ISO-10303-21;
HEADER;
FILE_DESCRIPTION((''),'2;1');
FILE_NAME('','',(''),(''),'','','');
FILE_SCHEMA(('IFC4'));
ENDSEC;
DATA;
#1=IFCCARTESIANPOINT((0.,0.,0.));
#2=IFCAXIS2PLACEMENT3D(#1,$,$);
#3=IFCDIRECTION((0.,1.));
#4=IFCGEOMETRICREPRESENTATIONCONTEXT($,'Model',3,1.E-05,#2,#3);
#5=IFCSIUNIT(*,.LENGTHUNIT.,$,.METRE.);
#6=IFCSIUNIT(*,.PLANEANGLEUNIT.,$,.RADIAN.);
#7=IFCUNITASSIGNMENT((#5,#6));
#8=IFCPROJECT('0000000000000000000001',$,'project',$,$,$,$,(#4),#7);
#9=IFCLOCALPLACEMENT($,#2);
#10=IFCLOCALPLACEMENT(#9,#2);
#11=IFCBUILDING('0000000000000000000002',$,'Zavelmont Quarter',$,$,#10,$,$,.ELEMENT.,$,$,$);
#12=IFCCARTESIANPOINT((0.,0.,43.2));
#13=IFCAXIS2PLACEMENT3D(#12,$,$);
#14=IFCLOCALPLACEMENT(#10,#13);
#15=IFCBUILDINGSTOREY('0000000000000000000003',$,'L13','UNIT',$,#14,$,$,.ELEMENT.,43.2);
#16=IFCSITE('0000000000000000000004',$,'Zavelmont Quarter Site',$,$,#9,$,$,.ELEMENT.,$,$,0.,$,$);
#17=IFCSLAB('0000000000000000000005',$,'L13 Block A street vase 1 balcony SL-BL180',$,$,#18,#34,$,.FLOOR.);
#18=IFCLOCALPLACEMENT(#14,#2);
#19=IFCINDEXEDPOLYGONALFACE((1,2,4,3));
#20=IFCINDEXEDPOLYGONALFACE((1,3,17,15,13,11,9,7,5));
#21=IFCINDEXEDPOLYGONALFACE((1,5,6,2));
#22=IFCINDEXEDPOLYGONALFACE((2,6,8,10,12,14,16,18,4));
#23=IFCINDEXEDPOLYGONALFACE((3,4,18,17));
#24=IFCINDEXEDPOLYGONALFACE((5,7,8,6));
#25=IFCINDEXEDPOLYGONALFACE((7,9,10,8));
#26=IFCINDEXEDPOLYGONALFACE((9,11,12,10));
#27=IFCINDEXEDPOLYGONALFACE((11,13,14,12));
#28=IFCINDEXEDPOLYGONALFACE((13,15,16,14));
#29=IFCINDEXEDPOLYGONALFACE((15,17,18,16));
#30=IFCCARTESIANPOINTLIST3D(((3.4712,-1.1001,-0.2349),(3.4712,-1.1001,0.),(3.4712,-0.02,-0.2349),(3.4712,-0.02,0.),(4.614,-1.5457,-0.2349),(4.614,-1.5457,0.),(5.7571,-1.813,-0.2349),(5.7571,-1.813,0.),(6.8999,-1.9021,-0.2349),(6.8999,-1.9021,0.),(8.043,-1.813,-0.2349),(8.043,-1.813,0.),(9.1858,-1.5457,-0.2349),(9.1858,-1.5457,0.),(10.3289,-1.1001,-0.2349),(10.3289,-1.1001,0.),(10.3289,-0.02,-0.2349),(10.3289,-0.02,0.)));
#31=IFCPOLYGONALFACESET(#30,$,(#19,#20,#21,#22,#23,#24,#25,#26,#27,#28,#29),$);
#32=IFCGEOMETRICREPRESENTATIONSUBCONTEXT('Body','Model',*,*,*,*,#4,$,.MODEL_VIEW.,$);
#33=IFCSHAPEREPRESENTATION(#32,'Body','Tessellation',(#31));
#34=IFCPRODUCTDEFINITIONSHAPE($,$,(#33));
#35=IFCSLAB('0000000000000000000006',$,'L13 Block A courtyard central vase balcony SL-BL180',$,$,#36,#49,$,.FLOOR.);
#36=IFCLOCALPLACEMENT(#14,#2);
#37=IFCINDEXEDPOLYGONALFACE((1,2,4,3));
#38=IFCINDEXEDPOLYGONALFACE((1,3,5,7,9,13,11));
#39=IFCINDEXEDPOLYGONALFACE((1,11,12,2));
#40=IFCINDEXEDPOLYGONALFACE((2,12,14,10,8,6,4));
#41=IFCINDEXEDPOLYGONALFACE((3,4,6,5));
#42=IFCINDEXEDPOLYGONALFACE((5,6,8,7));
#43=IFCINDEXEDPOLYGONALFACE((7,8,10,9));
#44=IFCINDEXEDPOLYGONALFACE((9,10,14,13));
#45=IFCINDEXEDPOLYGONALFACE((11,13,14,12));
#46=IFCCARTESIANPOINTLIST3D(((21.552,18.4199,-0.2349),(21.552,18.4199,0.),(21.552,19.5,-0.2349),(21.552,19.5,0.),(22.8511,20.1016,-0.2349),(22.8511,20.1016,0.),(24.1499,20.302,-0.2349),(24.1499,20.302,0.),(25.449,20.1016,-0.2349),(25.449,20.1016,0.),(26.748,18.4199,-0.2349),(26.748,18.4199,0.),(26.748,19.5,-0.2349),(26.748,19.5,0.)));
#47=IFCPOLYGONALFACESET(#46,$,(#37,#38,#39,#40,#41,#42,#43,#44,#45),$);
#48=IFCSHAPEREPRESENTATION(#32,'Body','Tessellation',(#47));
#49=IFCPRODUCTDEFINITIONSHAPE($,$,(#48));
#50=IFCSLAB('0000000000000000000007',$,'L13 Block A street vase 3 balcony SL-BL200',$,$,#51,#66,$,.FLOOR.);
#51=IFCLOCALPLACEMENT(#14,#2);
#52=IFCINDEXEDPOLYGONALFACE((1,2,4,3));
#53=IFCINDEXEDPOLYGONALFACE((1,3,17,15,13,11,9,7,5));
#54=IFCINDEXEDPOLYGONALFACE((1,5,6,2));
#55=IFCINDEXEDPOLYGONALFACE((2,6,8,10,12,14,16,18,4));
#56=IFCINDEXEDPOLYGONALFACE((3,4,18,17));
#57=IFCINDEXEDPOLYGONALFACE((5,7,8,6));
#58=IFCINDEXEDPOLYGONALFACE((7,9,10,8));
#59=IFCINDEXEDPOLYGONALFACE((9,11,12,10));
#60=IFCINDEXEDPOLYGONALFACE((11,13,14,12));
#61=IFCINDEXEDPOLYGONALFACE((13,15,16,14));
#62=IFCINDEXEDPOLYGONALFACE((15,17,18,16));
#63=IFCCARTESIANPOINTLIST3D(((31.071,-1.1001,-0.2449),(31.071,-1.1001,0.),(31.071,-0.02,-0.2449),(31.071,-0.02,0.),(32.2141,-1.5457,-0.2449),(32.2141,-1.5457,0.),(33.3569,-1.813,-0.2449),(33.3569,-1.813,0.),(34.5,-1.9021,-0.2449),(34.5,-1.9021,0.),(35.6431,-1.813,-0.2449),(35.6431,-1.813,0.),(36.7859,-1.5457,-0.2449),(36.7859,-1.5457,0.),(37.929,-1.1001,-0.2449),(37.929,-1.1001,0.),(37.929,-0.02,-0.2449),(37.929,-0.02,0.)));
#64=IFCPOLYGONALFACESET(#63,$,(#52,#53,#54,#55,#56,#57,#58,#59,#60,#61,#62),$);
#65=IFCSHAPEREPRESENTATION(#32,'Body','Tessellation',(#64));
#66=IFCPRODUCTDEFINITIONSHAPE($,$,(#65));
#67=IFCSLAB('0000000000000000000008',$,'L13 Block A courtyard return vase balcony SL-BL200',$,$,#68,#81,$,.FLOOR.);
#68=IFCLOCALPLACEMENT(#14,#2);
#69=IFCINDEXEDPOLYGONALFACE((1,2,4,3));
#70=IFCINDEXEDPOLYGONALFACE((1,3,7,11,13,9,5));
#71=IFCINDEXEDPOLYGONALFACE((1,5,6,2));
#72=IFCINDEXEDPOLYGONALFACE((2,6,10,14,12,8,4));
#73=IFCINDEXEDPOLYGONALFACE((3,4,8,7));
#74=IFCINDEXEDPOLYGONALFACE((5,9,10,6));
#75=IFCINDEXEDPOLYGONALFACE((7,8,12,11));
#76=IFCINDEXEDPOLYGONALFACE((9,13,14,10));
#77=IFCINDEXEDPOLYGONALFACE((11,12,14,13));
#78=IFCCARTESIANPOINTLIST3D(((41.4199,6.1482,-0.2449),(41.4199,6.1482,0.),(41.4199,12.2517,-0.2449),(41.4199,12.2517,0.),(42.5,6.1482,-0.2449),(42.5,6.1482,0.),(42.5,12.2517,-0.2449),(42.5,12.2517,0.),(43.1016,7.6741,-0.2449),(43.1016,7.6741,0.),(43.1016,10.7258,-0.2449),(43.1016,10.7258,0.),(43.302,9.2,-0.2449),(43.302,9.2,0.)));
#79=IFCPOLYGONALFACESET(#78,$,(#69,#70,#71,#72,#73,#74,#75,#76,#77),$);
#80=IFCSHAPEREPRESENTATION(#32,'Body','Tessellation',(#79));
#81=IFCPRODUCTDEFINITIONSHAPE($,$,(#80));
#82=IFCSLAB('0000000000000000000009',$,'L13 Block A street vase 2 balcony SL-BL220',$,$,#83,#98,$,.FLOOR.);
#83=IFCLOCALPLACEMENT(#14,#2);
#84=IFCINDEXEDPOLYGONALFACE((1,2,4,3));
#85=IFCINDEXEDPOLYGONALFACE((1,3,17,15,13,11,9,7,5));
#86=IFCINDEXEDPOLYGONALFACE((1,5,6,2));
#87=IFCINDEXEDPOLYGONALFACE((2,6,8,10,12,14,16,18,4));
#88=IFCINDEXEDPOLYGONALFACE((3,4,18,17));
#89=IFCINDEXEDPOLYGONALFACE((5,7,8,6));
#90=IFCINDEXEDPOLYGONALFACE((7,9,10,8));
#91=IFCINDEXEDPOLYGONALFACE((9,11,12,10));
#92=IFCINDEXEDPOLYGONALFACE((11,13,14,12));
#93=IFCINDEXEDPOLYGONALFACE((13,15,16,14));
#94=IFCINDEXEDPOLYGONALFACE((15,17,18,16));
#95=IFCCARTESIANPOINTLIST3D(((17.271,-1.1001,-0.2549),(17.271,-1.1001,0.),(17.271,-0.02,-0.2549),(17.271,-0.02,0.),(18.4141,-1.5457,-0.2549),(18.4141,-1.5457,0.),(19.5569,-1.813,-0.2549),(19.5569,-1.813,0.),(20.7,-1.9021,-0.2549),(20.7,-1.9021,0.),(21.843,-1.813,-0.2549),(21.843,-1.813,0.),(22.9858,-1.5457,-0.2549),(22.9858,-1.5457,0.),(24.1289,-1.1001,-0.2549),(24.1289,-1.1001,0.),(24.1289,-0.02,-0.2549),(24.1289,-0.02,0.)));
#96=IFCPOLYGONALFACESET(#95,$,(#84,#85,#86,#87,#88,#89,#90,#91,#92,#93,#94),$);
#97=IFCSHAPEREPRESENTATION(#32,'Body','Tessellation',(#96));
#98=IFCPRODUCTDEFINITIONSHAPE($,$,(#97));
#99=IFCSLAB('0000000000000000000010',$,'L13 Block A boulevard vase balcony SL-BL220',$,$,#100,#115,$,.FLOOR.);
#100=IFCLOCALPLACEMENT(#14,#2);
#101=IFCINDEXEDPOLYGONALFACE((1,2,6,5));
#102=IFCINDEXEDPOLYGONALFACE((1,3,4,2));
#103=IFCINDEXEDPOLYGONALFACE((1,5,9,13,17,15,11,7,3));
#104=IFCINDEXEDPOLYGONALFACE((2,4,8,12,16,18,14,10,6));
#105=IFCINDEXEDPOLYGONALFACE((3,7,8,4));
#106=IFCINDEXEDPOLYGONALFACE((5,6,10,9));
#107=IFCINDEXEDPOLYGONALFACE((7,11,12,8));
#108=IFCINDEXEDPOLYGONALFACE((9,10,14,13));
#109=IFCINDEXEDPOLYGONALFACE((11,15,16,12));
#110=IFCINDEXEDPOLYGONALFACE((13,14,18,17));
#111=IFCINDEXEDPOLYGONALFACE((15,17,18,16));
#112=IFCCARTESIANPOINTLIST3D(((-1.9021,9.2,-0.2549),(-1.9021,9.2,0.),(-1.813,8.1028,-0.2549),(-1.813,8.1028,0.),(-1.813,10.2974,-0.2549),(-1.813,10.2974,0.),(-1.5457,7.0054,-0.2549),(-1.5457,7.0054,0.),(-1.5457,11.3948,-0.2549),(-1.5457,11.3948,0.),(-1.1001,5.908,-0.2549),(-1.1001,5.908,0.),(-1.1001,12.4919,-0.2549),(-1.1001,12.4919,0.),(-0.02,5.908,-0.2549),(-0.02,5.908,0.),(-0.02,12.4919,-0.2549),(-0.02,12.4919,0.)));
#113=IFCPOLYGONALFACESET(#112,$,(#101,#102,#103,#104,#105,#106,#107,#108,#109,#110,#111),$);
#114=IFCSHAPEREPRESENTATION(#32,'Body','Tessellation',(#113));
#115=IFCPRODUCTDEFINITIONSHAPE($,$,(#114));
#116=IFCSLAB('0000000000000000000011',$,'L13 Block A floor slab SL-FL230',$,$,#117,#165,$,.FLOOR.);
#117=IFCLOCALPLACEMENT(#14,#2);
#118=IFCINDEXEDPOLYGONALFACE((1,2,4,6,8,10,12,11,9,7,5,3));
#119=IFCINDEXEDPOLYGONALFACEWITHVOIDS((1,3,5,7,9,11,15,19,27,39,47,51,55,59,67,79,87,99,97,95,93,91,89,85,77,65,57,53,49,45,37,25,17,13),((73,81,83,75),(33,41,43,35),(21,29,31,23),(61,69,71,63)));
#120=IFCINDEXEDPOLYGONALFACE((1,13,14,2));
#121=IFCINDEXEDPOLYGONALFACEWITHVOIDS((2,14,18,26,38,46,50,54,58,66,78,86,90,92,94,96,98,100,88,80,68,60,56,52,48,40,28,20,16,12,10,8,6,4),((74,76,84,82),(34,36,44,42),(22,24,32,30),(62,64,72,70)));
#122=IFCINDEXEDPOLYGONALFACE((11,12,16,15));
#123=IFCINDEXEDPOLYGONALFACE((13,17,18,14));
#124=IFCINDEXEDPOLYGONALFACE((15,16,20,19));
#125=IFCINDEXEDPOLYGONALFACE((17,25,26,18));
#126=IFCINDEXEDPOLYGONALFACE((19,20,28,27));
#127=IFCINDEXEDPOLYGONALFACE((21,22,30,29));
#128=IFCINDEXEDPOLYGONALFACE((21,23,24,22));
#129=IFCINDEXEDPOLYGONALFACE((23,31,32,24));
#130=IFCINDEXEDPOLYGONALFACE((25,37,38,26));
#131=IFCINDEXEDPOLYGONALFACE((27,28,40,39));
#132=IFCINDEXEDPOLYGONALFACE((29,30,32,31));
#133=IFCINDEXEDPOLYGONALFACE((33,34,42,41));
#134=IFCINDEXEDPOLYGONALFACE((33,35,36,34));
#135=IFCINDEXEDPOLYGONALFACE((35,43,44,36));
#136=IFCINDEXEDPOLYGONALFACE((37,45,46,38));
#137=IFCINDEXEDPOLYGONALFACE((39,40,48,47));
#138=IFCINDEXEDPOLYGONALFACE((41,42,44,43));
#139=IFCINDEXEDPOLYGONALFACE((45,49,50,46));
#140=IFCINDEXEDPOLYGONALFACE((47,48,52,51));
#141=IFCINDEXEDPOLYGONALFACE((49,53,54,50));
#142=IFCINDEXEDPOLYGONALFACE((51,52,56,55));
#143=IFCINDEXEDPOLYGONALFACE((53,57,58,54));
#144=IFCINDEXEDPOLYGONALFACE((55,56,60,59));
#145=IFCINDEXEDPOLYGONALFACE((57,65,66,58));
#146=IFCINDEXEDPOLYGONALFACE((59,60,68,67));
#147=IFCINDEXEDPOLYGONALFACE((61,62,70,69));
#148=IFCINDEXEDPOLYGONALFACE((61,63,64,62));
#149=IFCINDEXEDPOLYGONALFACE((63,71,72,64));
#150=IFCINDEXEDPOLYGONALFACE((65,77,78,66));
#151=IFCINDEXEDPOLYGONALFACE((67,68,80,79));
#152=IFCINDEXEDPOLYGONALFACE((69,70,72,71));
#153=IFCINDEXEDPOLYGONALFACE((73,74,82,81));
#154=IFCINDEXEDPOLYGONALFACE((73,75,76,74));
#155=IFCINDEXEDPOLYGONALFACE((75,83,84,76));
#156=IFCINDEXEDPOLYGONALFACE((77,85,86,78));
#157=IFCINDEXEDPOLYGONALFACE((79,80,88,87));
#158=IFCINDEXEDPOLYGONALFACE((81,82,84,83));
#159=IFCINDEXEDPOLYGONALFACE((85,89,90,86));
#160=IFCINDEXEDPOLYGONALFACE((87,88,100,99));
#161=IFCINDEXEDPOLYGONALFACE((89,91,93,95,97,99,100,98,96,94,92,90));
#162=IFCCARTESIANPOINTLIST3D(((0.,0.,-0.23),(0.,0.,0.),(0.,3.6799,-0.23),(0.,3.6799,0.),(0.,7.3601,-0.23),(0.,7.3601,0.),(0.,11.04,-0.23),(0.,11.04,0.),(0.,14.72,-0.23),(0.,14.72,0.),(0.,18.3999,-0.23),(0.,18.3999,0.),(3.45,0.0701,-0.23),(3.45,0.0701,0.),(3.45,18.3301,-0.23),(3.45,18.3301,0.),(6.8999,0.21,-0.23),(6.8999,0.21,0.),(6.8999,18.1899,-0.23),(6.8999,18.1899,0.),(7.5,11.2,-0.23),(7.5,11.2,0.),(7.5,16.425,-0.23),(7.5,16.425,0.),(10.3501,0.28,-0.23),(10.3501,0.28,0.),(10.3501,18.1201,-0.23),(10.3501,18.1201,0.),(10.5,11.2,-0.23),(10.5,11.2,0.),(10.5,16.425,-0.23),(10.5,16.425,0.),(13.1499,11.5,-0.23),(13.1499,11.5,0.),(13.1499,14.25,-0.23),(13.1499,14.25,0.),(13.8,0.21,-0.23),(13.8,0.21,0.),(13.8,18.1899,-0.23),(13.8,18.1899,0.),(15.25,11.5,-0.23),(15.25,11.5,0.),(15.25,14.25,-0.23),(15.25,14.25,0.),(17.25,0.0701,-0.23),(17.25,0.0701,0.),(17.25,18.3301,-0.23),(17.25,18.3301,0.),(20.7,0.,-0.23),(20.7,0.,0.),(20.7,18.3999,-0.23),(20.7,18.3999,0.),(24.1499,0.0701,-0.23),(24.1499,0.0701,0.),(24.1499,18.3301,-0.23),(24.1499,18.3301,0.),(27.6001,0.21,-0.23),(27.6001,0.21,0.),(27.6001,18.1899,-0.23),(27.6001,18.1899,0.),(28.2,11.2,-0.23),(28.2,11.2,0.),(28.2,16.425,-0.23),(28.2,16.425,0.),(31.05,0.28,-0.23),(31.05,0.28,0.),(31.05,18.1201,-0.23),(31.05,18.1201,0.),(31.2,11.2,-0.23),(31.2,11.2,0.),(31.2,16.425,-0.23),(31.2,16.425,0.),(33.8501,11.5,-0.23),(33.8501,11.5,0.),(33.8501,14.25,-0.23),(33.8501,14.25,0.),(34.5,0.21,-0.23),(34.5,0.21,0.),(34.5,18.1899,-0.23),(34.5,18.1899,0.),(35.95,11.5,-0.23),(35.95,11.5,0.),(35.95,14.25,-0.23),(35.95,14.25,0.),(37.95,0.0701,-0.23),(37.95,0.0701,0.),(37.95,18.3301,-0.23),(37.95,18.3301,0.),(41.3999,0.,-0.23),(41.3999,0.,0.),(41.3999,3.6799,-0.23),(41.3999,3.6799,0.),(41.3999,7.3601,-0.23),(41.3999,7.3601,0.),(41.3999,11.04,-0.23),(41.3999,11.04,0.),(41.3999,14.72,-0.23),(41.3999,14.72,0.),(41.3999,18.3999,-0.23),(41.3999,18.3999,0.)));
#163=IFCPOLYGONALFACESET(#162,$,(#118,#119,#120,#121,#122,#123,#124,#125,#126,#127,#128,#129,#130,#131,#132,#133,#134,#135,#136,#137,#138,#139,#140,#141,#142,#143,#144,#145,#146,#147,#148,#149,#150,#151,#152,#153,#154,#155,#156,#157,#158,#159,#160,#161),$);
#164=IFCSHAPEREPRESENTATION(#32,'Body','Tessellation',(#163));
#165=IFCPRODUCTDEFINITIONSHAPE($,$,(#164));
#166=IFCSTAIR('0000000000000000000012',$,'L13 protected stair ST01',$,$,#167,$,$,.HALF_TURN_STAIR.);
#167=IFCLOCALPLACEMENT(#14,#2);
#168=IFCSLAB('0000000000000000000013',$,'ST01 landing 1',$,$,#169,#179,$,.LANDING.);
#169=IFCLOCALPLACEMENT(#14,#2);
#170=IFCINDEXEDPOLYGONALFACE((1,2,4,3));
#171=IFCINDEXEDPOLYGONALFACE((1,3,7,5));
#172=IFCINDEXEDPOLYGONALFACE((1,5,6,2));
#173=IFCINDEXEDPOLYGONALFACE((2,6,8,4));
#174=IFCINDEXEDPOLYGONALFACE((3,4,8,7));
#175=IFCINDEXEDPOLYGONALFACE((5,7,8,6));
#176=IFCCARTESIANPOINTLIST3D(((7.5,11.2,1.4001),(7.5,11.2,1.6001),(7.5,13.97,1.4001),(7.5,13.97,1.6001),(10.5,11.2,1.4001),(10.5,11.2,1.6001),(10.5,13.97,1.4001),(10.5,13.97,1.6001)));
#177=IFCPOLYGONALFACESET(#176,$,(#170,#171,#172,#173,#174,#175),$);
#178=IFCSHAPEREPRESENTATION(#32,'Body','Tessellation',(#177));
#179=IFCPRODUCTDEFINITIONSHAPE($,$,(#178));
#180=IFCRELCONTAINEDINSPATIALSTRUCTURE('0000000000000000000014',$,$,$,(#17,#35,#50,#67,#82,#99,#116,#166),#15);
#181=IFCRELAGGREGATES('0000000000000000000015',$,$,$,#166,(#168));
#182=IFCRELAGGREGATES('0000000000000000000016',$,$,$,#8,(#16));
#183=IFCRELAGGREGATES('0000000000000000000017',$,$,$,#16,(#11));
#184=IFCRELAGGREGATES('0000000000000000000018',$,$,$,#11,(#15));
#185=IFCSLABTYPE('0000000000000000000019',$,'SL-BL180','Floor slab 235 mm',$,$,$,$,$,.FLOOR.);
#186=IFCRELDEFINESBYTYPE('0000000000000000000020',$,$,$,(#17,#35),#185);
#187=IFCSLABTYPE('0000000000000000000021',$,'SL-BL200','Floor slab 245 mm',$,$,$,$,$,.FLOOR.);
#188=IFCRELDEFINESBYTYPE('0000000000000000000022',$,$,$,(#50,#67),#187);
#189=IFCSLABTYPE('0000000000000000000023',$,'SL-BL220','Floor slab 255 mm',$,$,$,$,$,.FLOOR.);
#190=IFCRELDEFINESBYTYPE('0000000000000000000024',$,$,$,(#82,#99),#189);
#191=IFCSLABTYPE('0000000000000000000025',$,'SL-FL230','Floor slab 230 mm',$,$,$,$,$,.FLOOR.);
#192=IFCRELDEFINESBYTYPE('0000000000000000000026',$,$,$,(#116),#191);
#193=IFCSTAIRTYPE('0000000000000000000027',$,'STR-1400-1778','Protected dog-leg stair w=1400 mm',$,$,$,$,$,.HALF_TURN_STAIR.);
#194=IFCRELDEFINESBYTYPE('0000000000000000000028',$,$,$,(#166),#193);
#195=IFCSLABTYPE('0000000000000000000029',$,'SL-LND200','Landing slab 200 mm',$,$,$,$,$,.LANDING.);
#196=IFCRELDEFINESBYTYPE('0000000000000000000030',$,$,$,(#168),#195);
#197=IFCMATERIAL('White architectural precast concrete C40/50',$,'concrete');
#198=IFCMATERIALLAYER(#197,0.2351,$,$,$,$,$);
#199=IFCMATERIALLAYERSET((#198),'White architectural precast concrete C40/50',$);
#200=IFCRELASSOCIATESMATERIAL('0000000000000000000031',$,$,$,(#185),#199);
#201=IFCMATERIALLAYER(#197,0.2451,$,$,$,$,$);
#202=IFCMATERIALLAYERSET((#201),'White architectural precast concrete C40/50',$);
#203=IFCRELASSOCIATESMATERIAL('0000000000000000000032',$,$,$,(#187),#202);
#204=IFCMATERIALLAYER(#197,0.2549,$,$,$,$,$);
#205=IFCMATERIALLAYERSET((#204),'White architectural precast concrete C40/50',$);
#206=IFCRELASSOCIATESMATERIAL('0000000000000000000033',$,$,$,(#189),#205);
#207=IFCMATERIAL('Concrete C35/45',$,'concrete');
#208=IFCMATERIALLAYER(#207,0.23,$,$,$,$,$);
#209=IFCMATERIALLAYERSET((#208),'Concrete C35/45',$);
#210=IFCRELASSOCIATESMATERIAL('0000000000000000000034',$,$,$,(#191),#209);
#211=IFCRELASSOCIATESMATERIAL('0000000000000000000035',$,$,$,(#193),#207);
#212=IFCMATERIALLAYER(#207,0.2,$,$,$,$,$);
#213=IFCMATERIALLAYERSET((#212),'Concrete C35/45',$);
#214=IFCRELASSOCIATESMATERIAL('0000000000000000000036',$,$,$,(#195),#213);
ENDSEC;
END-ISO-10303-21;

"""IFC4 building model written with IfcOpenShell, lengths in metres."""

from ifc_helpers import new_model, si_unit, direction, frame, origin, place, context, subcontext, project, spatial, polyline, outline, extrude, material, layer, layer_set, type_object, element, aggregate, save


model = new_model("IFC4")

# Units and contexts
model_context = context("Model", 3, precision=1e-05, world=origin(), true_north=direction((0.0, 1.0)))
body_context = subcontext(model_context, "Body", "Model", "MODEL_VIEW")
ifc_project = project(units=[si_unit("LENGTHUNIT", "METRE"), si_unit("PLANEANGLEUNIT", "RADIAN")], contexts=[model_context])

# Site, building, storey
site_placement = place(None, origin())
site = spatial("IfcSite", under=ifc_project, at=site_placement, Name="Zavelmont Quarter Site", CompositionType="ELEMENT", RefElevation=0.0)
building_placement = place(site_placement, origin())
building = spatial("IfcBuilding", under=site, at=building_placement, Name="Zavelmont Quarter", CompositionType="ELEMENT")
storey_placement = place(building_placement, frame((0.0, 0.0, 43.2)))
storey = spatial("IfcBuildingStorey", under=building, at=storey_placement, Name="L13", Description="UNIT", CompositionType="ELEMENT", Elevation=43.2)

# Slabs
ifc_material_1 = material(Name="White architectural precast concrete C40/50", Category="concrete")
ifc_layer_1 = layer(ifc_material_1, 0.2351)
ifc_layer_set_1 = layer_set([ifc_layer_1], Name="White architectural precast concrete C40/50")
slab_type_1 = type_object("IfcSlabType", Name="SL-BL180", Description="Floor slab 235 mm", PredefinedType="FLOOR", material=ifc_layer_set_1)
slab_1_placement = place(storey_placement, frame((0.0, 0.0, -0.2349)))
element("IfcSlab", 1, at=slab_1_placement, inside=storey, type_object=slab_type_1, Name="L13 Block A street vase 1 balcony SL-BL180", PredefinedType="FLOOR", context=body_context, shape_type="SweptSolid", body=[
    extrude(outline(polyline([(3.4712, -0.02), (3.4712, -1.1001), (4.614, -1.5457), (5.7571, -1.813), (6.8999, -1.9021), (8.043, -1.813), (9.1858, -1.5457), (10.3289, -1.1001), (10.3289, -0.02), (3.4712, -0.02)])), origin(), (0.0, 0.0, 1.0), 0.2349),
])
slab_2_placement = place(storey_placement, frame((0.0, 0.0, -0.2349)))
element("IfcSlab", 2, at=slab_2_placement, inside=storey, type_object=slab_type_1, Name="L13 Block A courtyard central vase balcony SL-BL180", PredefinedType="FLOOR", context=body_context, shape_type="SweptSolid", body=[
    extrude(outline(polyline([(26.748, 18.4199), (26.748, 19.5), (25.449, 20.1016), (24.1499, 20.302), (22.8511, 20.1016), (21.552, 19.5), (21.552, 18.4199), (26.748, 18.4199)])), origin(), (0.0, 0.0, 1.0), 0.2349),
])
ifc_layer_2 = layer(ifc_material_1, 0.2451)
ifc_layer_set_2 = layer_set([ifc_layer_2], Name="White architectural precast concrete C40/50")
slab_type_2 = type_object("IfcSlabType", Name="SL-BL200", Description="Floor slab 245 mm", PredefinedType="FLOOR", material=ifc_layer_set_2)
slab_3_placement = place(storey_placement, frame((0.0, 0.0, -0.2449)))
element("IfcSlab", 3, at=slab_3_placement, inside=storey, type_object=slab_type_2, Name="L13 Block A street vase 3 balcony SL-BL200", PredefinedType="FLOOR", context=body_context, shape_type="SweptSolid", body=[
    extrude(outline(polyline([(31.071, -0.02), (31.071, -1.1001), (32.2141, -1.5457), (33.3569, -1.813), (34.5, -1.9021), (35.6431, -1.813), (36.7859, -1.5457), (37.929, -1.1001), (37.929, -0.02), (31.071, -0.02)])), origin(), (0.0, 0.0, 1.0), 0.2449),
])
slab_4_placement = place(storey_placement, frame((0.0, 0.0, -0.2449)))
element("IfcSlab", 4, at=slab_4_placement, inside=storey, type_object=slab_type_2, Name="L13 Block A courtyard return vase balcony SL-BL200", PredefinedType="FLOOR", context=body_context, shape_type="SweptSolid", body=[
    extrude(outline(polyline([(41.4199, 6.1482), (42.5, 6.1482), (43.1016, 7.6741), (43.302, 9.2), (43.1016, 10.7258), (42.5, 12.2517), (41.4199, 12.2517), (41.4199, 6.1482)])), origin(), (0.0, 0.0, 1.0), 0.2449),
])
ifc_layer_3 = layer(ifc_material_1, 0.2549)
ifc_layer_set_3 = layer_set([ifc_layer_3], Name="White architectural precast concrete C40/50")
slab_type_3 = type_object("IfcSlabType", Name="SL-BL220", Description="Floor slab 255 mm", PredefinedType="FLOOR", material=ifc_layer_set_3)
slab_5_placement = place(storey_placement, frame((0.0, 0.0, -0.2549)))
element("IfcSlab", 5, at=slab_5_placement, inside=storey, type_object=slab_type_3, Name="L13 Block A street vase 2 balcony SL-BL220", PredefinedType="FLOOR", context=body_context, shape_type="SweptSolid", body=[
    extrude(outline(polyline([(17.271, -0.02), (17.271, -1.1001), (18.4141, -1.5457), (19.5569, -1.813), (20.7, -1.9021), (21.843, -1.813), (22.9858, -1.5457), (24.1289, -1.1001), (24.1289, -0.02), (17.271, -0.02)])), origin(), (0.0, 0.0, 1.0), 0.2549),
])
slab_6_placement = place(storey_placement, frame((0.0, 0.0, -0.2549)))
element("IfcSlab", 6, at=slab_6_placement, inside=storey, type_object=slab_type_3, Name="L13 Block A boulevard vase balcony SL-BL220", PredefinedType="FLOOR", context=body_context, shape_type="SweptSolid", body=[
    extrude(outline(polyline([(-0.02, 12.4919), (-1.1001, 12.4919), (-1.5457, 11.3948), (-1.813, 10.2974), (-1.9021, 9.2), (-1.813, 8.1028), (-1.5457, 7.0054), (-1.1001, 5.908), (-0.02, 5.908), (-0.02, 12.4919)])), origin(), (0.0, 0.0, 1.0), 0.2549),
])
ifc_material_2 = material(Name="Concrete C35/45", Category="concrete")
ifc_layer_4 = layer(ifc_material_2, 0.23)
ifc_layer_set_4 = layer_set([ifc_layer_4], Name="Concrete C35/45")
slab_type_4 = type_object("IfcSlabType", Name="SL-FL230", Description="Floor slab 230 mm", PredefinedType="FLOOR", material=ifc_layer_set_4)
slab_7_placement = place(storey_placement, frame((0.0, 0.0, -0.23)))
element("IfcSlab", 7, at=slab_7_placement, inside=storey, type_object=slab_type_4, Name="L13 Block A floor slab SL-FL230", PredefinedType="FLOOR", context=body_context, shape_type="SweptSolid", body=[
    extrude(outline(polyline([(0.0, 0.0), (3.45, 0.0701), (6.8999, 0.21), (10.3501, 0.28), (13.8, 0.21), (17.25, 0.0701), (20.7, 0.0), (24.1499, 0.0701), (27.6001, 0.21), (31.05, 0.28), (34.5, 0.21), (37.95, 0.0701), (41.3999, 0.0), (41.3999, 3.6799), (41.3999, 7.3601), (41.3999, 11.04), (41.3999, 14.72), (41.3999, 18.3999), (37.95, 18.3301), (34.5, 18.1899), (31.05, 18.1201), (27.6001, 18.1899), (24.1499, 18.3301), (20.7, 18.3999), (17.25, 18.3301), (13.8, 18.1899), (10.3501, 18.1201), (6.8999, 18.1899), (3.45, 18.3301), (0.0, 18.3999), (0.0, 14.72), (0.0, 11.04), (0.0, 7.3601), (0.0, 3.6799), (0.0, 0.0)]), holes=[polyline([(7.5, 16.425), (7.5, 11.2), (10.5, 11.2), (10.5, 16.425), (7.5, 16.425)]), polyline([(13.1499, 11.5), (15.25, 11.5), (15.25, 14.25), (13.1499, 14.25), (13.1499, 11.5)]), polyline([(28.2, 16.425), (28.2, 11.2), (31.2, 11.2), (31.2, 16.425), (28.2, 16.425)]), polyline([(33.8501, 11.5), (35.95, 11.5), (35.95, 14.25), (33.8501, 14.25), (33.8501, 11.5)])]), origin(), (0.0, 0.0, 1.0), 0.23),
])

# Stair, slab
stair_type = type_object("IfcStairType", Name="STR-1400-1778", Description="Protected dog-leg stair w=1400 mm", PredefinedType="HALF_TURN_STAIR", material=ifc_material_2)
stair_1_placement = place(storey_placement, origin())
stair_1 = element("IfcStair", 8, at=stair_1_placement, inside=storey, type_object=stair_type, Name="L13 protected stair ST01", PredefinedType="HALF_TURN_STAIR")
ifc_layer_5 = layer(ifc_material_2, 0.2)
ifc_layer_set_5 = layer_set([ifc_layer_5], Name="Concrete C35/45")
slab_type_5 = type_object("IfcSlabType", Name="SL-LND200", Description="Landing slab 200 mm", PredefinedType="LANDING", material=ifc_layer_set_5)
slab_8_placement = place(storey_placement, frame((0.0, 0.0, 1.4001)))
slab_8 = element("IfcSlab", 9, at=slab_8_placement, type_object=slab_type_5, Name="ST01 landing 1", PredefinedType="LANDING", context=body_context, shape_type="SweptSolid", body=[
    extrude(outline(polyline([(7.5, 13.97), (7.5, 11.2), (10.5, 11.2), (10.5, 13.97), (7.5, 13.97)])), origin(), (0.0, 0.0, 1.0), 0.2),
])
aggregate(stair_1, [slab_8])

save(model, "model.ifc")
